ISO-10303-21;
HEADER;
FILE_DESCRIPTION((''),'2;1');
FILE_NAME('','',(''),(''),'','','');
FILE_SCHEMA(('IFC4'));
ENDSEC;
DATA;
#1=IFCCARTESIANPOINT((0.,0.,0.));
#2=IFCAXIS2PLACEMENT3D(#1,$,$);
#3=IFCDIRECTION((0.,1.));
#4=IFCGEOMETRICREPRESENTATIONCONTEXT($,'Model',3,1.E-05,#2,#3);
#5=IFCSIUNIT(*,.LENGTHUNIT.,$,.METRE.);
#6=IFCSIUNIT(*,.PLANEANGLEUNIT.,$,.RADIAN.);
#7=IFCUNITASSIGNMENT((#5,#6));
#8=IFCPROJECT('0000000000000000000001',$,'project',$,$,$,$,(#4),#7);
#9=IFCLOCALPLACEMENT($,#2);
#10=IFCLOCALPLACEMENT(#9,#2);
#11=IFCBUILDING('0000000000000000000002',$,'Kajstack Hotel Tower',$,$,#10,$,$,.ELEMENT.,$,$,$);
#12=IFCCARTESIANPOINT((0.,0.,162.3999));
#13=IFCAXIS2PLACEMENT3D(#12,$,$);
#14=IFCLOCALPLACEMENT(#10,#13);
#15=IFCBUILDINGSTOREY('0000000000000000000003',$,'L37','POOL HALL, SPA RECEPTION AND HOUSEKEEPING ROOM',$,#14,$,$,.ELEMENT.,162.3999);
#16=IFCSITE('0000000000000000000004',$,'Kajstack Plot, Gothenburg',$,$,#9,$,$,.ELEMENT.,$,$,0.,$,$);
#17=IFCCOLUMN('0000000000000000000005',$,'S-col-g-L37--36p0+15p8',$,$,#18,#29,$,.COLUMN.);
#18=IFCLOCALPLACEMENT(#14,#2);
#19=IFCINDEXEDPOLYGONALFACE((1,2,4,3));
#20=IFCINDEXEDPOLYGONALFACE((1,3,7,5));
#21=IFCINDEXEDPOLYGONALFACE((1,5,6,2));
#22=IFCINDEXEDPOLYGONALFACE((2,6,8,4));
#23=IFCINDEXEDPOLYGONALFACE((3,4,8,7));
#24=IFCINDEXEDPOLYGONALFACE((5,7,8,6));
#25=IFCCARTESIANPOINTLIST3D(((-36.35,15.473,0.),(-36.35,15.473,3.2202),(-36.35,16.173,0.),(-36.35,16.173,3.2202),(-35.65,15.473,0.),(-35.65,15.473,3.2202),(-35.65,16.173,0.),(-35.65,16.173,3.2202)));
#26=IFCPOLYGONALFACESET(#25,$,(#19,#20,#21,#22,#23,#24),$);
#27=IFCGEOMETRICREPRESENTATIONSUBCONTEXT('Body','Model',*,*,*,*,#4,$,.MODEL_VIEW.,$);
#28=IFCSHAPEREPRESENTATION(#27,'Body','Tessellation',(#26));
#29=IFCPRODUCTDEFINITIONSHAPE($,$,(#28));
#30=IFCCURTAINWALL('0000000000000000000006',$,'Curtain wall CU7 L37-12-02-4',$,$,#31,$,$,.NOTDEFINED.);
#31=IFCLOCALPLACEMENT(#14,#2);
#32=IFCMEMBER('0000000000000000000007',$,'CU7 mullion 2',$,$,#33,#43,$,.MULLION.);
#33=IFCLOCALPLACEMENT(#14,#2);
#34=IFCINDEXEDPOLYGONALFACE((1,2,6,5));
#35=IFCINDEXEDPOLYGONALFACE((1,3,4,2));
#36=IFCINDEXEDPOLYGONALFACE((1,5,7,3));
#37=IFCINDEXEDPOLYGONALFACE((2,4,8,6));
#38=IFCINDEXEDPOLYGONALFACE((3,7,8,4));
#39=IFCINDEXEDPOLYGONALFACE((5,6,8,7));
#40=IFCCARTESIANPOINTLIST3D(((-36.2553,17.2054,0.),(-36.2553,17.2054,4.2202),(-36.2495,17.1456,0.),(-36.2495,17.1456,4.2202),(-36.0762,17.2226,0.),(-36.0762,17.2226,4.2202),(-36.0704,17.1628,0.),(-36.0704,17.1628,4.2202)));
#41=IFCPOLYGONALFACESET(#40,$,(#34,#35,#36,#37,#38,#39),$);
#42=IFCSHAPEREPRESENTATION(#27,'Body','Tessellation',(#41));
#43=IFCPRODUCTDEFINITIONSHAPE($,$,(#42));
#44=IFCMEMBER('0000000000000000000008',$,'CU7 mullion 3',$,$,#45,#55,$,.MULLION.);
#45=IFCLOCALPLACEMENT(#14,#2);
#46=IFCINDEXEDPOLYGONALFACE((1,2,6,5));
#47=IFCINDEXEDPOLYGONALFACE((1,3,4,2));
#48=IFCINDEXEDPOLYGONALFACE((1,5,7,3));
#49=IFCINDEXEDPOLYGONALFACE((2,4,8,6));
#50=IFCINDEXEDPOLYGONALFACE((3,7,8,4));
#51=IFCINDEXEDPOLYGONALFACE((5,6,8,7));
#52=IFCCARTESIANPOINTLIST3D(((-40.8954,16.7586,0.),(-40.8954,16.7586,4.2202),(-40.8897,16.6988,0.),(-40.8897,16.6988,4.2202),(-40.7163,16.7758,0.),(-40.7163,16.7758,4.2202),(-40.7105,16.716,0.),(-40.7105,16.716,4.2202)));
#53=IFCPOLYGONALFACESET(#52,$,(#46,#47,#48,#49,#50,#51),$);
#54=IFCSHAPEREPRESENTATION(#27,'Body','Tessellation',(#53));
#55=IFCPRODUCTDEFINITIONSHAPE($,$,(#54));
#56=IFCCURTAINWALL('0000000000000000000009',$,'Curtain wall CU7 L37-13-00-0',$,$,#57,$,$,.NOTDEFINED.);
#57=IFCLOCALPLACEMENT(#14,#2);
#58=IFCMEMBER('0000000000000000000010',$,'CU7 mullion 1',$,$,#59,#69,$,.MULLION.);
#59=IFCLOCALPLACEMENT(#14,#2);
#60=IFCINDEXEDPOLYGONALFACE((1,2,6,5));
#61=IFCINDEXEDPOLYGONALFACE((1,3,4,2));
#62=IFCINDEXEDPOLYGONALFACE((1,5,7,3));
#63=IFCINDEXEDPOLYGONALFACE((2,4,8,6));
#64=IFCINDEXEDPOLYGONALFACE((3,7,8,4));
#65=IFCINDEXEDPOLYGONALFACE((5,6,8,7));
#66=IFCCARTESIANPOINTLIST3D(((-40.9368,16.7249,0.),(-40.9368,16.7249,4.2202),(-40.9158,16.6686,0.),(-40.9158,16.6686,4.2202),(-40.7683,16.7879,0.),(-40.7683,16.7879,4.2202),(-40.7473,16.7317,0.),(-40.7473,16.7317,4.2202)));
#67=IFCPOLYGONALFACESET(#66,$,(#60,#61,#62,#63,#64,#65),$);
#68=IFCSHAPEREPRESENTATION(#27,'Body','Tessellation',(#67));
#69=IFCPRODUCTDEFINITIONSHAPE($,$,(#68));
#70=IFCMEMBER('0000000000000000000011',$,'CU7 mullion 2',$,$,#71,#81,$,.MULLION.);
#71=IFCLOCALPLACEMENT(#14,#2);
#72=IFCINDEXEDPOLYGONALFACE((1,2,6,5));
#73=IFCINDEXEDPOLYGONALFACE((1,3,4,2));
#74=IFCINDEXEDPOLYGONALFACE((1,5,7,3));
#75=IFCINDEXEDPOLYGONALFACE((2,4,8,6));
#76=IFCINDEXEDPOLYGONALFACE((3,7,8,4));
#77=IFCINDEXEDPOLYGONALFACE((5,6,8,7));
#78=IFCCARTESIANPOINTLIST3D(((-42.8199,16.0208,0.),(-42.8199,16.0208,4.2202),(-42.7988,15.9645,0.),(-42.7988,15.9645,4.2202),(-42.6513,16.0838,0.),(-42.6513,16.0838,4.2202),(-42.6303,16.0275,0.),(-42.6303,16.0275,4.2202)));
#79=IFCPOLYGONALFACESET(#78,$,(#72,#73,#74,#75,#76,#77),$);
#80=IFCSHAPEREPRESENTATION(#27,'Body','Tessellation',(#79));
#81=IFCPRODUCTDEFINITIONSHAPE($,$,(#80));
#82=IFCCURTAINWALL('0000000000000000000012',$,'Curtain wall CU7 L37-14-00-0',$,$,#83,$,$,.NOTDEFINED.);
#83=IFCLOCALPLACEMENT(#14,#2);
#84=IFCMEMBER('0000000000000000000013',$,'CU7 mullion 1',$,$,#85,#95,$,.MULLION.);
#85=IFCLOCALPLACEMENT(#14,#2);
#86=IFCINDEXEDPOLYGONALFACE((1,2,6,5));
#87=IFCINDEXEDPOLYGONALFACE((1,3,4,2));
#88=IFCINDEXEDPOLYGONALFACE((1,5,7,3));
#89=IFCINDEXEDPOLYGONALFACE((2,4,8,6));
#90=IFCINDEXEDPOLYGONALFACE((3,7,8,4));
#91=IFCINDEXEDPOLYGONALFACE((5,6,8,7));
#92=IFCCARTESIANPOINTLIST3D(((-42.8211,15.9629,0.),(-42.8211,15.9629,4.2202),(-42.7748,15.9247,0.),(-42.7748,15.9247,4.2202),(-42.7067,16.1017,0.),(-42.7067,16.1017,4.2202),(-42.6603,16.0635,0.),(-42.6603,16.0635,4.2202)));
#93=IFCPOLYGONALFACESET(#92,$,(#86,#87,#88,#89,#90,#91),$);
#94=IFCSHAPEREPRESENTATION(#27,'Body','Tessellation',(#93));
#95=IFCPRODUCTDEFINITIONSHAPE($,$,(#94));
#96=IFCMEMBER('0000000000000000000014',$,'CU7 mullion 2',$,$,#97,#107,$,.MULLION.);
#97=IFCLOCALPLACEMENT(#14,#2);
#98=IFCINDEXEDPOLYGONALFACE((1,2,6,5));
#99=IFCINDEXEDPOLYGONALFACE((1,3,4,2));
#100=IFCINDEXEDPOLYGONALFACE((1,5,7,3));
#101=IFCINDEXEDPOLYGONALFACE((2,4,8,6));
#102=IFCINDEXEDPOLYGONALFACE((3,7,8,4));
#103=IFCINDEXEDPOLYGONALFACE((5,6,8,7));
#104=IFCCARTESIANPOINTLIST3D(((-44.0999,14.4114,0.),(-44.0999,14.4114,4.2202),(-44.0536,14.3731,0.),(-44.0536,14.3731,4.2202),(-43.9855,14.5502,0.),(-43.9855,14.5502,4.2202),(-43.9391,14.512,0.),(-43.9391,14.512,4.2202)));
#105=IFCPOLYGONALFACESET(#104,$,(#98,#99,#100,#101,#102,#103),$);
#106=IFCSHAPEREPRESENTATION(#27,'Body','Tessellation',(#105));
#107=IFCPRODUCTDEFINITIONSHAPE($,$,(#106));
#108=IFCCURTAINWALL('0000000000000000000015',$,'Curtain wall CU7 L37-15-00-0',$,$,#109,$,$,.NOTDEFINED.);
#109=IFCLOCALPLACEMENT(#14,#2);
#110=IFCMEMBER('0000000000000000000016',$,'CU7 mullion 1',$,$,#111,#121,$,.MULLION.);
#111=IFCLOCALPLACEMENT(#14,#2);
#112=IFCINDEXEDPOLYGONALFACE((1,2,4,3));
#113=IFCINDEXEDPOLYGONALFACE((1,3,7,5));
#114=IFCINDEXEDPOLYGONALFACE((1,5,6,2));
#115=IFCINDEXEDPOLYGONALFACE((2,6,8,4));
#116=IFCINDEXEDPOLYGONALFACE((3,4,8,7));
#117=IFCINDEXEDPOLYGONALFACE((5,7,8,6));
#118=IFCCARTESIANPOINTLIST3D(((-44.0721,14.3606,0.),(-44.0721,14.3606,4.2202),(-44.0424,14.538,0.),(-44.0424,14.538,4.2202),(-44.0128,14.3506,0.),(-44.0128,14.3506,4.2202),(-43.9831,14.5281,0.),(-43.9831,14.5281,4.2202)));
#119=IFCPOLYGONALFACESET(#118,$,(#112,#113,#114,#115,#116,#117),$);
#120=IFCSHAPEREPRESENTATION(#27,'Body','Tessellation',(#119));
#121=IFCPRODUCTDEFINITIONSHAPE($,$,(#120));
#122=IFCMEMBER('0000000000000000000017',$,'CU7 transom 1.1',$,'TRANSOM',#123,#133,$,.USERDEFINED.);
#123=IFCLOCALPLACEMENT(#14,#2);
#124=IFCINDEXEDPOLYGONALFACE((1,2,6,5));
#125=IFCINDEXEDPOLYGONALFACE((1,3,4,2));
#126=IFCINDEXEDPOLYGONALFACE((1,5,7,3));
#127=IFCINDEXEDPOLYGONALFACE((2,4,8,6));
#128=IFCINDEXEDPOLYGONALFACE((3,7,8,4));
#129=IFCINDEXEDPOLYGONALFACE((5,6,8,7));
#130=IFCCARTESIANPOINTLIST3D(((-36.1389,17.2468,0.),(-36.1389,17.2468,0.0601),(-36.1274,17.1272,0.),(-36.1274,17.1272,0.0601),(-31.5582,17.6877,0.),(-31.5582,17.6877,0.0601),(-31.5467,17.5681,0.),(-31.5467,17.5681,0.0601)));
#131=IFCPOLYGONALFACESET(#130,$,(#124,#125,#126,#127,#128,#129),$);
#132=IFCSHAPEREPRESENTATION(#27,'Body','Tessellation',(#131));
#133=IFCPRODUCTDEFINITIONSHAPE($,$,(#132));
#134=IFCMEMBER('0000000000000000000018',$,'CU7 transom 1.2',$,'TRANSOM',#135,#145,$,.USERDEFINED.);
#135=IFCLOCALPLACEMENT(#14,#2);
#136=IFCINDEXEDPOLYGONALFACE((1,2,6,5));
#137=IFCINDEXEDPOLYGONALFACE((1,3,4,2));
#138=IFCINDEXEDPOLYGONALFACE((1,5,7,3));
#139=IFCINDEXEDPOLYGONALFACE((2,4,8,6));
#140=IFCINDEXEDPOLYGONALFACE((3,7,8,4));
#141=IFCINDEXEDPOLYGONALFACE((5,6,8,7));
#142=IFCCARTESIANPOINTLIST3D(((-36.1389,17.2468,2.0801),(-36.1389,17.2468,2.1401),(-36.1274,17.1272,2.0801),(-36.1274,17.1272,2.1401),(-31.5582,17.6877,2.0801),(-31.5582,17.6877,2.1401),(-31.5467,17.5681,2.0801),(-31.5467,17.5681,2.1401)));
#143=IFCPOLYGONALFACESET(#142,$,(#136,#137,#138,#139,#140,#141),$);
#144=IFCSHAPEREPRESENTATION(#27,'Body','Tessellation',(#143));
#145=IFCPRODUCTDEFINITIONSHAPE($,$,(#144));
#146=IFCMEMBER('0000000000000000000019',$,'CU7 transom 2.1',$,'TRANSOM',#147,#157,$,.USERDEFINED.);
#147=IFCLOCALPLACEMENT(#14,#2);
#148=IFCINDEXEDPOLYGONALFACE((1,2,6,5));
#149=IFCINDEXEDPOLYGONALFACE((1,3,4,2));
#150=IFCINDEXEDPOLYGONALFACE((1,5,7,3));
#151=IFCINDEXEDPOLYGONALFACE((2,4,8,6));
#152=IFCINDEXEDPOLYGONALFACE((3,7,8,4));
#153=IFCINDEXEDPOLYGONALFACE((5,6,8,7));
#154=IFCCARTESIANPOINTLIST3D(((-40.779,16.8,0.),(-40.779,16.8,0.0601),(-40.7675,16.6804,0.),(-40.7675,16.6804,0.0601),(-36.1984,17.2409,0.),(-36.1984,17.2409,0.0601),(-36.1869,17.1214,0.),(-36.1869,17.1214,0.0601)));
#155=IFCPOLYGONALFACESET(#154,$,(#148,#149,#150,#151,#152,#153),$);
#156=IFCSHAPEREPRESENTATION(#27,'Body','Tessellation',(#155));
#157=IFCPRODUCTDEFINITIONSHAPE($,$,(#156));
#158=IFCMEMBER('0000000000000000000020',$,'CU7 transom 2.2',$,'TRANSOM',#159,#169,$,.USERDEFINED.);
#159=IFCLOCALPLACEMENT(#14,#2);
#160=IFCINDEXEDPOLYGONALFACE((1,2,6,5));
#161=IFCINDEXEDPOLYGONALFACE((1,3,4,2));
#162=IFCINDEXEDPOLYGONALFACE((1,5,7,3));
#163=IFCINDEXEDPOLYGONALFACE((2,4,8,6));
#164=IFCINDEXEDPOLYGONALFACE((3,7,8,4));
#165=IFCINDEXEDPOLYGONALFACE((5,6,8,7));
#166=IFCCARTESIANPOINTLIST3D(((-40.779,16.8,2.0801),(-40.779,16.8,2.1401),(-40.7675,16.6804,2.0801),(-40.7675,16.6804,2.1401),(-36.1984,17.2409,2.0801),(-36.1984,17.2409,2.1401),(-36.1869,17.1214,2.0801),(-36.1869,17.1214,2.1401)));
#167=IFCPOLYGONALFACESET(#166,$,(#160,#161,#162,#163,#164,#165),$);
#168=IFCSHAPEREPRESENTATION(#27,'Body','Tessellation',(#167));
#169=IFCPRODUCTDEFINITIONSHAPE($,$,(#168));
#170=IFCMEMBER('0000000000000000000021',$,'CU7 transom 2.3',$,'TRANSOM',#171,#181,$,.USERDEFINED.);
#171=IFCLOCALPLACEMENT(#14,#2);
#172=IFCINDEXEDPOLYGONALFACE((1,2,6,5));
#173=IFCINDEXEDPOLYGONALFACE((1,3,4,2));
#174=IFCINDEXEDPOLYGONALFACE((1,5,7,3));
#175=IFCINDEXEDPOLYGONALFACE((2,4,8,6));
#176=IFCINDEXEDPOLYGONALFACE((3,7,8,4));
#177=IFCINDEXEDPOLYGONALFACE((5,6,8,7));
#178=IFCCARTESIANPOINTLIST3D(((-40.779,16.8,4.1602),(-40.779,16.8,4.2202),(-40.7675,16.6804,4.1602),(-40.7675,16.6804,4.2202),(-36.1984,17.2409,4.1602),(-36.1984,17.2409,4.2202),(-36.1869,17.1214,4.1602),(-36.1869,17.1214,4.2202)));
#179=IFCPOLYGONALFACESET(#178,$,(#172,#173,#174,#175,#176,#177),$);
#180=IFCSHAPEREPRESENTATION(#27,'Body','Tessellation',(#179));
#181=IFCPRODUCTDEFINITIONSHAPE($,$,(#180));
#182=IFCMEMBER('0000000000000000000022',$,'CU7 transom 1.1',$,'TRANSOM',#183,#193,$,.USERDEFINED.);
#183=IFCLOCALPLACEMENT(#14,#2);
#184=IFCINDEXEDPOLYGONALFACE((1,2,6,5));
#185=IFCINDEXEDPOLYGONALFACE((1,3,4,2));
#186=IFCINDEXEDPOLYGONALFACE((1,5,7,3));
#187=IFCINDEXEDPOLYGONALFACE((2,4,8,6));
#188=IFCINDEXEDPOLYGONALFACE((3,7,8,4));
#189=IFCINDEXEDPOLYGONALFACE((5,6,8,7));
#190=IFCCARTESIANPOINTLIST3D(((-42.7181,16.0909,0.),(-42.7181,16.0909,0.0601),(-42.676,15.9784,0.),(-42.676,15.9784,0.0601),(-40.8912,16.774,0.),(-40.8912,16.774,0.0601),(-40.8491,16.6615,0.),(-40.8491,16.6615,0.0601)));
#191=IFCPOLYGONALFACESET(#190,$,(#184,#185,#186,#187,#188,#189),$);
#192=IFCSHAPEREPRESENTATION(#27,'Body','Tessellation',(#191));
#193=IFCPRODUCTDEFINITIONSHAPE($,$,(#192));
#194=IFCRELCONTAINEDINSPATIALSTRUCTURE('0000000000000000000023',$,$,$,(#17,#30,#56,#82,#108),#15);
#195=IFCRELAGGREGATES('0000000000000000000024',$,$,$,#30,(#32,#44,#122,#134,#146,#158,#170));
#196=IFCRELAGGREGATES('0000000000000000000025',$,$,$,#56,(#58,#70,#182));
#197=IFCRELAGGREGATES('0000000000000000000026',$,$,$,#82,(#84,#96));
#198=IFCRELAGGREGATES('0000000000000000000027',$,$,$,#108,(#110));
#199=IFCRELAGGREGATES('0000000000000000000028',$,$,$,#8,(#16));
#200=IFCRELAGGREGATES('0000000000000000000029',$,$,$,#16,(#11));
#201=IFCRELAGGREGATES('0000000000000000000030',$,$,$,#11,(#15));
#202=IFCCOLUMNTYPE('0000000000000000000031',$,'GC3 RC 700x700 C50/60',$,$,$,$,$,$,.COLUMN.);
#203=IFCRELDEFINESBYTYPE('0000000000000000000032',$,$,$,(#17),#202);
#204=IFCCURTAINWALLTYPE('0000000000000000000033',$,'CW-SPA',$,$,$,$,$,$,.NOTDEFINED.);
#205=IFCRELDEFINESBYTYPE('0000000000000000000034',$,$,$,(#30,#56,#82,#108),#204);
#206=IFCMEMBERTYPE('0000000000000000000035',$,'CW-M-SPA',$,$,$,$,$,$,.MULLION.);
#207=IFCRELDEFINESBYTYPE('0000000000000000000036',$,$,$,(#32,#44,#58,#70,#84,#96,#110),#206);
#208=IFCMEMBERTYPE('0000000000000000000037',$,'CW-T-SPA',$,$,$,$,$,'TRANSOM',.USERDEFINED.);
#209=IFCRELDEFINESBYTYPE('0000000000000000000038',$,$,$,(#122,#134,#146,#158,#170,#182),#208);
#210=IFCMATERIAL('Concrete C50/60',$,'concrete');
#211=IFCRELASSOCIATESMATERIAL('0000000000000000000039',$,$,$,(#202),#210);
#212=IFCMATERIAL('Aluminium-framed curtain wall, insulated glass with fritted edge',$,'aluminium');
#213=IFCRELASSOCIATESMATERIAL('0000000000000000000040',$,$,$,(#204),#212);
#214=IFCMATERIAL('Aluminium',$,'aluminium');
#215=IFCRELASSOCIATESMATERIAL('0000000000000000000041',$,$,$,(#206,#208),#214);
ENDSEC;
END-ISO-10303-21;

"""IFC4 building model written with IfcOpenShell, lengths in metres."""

from ifc_helpers import new_model, si_unit, direction, frame, origin, origin_2d, place, context, subcontext, project, spatial, rectangle, extrude, material, material_profile, profile_set, type_object, element, aggregate, save


model = new_model("IFC4")

# Units and contexts
model_context = context("Model", 3, precision=1e-05, world=origin(), true_north=direction((0.0, 1.0)))
body_context = subcontext(model_context, "Body", "Model", "MODEL_VIEW")
ifc_project = project(units=[si_unit("LENGTHUNIT", "METRE"), si_unit("PLANEANGLEUNIT", "RADIAN")], contexts=[model_context])

# Site, building, storey
site_placement = place(None, origin())
site = spatial("IfcSite", under=ifc_project, at=site_placement, Name="Kajstack Plot, Gothenburg", CompositionType="ELEMENT", RefElevation=0.0)
building_placement = place(site_placement, origin())
building = spatial("IfcBuilding", under=site, at=building_placement, Name="Kajstack Hotel Tower", CompositionType="ELEMENT")
storey_placement = place(building_placement, frame((0.0, 0.0, 162.3999)))
storey = spatial("IfcBuildingStorey", under=building, at=storey_placement, Name="L37", Description="POOL HALL, SPA RECEPTION AND HOUSEKEEPING ROOM", CompositionType="ELEMENT", Elevation=162.3999)

# Column
ifc_material_1 = material(Name="Concrete C50/60", Category="concrete")
ifc_material_profile_1 = material_profile(ifc_material_1, rectangle(XDim=0.7, YDim=0.7, at=origin_2d()), Name="RC 700x700")
ifc_profile_set_1 = profile_set([ifc_material_profile_1], Name="Concrete C50/60")
column_type = type_object("IfcColumnType", Name="GC3 RC 700x700 C50/60", PredefinedType="COLUMN", material=ifc_profile_set_1)
column_placement = place(storey_placement, frame((-36.0, 15.823, 0.0), z_axis=(0.0, 0.0, 1.0), x_axis=(1.0, 0.0, 0.0)))
element("IfcColumn", 1, at=column_placement, inside=storey, type_object=column_type, Name="S-col-g-L37--36p0+15p8", PredefinedType="COLUMN", context=body_context, shape_type="SweptSolid", body=[
    extrude(rectangle(XDim=0.7, YDim=0.7, at=origin_2d()), origin(), (0.0, 0.0, 1.0), 3.2202),
])

# Curtain walls, members
ifc_material_2 = material(Name="Aluminium-framed curtain wall, insulated glass with fritted edge", Category="aluminium")
curtain_wall_type = type_object("IfcCurtainWallType", Name="CW-SPA", PredefinedType="NOTDEFINED", material=ifc_material_2)
curtain_wall_1_placement = place(storey_placement, origin())
curtain_wall_1 = element("IfcCurtainWall", 2, at=curtain_wall_1_placement, inside=storey, type_object=curtain_wall_type, Name="Curtain wall CU7 L37-12-02-4", PredefinedType="NOTDEFINED")
ifc_material_3 = material(Name="Aluminium", Category="aluminium")
ifc_material_profile_2 = material_profile(ifc_material_3, rectangle(XDim=0.0601, YDim=0.1799, at=origin_2d()), Name="Aluminium mullion 60 x 180")
ifc_profile_set_2 = profile_set([ifc_material_profile_2], Name="Aluminium")
member_type_1 = type_object("IfcMemberType", Name="CW-M-SPA", PredefinedType="MULLION", material=ifc_profile_set_2)
member_1_placement = place(storey_placement, frame((-36.1628, 17.1841, 0.0), z_axis=(0.0, 0.0, 1.0), x_axis=(0.095845, -0.995396, 0.0)))
member_1 = element("IfcMember", 3, at=member_1_placement, type_object=member_type_1, Name="CU7 mullion 2", PredefinedType="MULLION", context=body_context, shape_type="SweptSolid", body=[
    extrude(rectangle(XDim=0.0601, YDim=0.1799, at=origin_2d()), origin(), (0.0, 0.0, 1.0), 4.2202),
])
member_2_placement = place(storey_placement, frame((-40.803, 16.7373, 0.0), z_axis=(0.0, 0.0, 1.0), x_axis=(0.095845, -0.995396, 0.0)))
member_2 = element("IfcMember", 4, at=member_2_placement, type_object=member_type_1, Name="CU7 mullion 3", PredefinedType="MULLION", context=body_context, shape_type="SweptSolid", body=[
    extrude(rectangle(XDim=0.0601, YDim=0.1799, at=origin_2d()), origin(), (0.0, 0.0, 1.0), 4.2202),
])
curtain_wall_2_placement = place(storey_placement, origin())
curtain_wall_2 = element("IfcCurtainWall", 5, at=curtain_wall_2_placement, inside=storey, type_object=curtain_wall_type, Name="Curtain wall CU7 L37-13-00-0", PredefinedType="NOTDEFINED")
member_3_placement = place(storey_placement, frame((-40.842, 16.7283, 0.0), z_axis=(0.0, 0.0, 1.0), x_axis=(0.350202, -0.936674, 0.0)))
member_3 = element("IfcMember", 6, at=member_3_placement, type_object=member_type_1, Name="CU7 mullion 1", PredefinedType="MULLION", context=body_context, shape_type="SweptSolid", body=[
    extrude(rectangle(XDim=0.0601, YDim=0.1799, at=origin_2d()), origin(), (0.0, 0.0, 1.0), 4.2202),
])
member_4_placement = place(storey_placement, frame((-42.7251, 16.0242, 0.0), z_axis=(0.0, 0.0, 1.0), x_axis=(0.350202, -0.936674, 0.0)))
member_4 = element("IfcMember", 7, at=member_4_placement, type_object=member_type_1, Name="CU7 mullion 2", PredefinedType="MULLION", context=body_context, shape_type="SweptSolid", body=[
    extrude(rectangle(XDim=0.0601, YDim=0.1799, at=origin_2d()), origin(), (0.0, 0.0, 1.0), 4.2202),
])
curtain_wall_3_placement = place(storey_placement, origin())
curtain_wall_3 = element("IfcCurtainWall", 8, at=curtain_wall_3_placement, inside=storey, type_object=curtain_wall_type, Name="Curtain wall CU7 L37-14-00-0", PredefinedType="NOTDEFINED")
member_5_placement = place(storey_placement, frame((-42.7407, 16.0132, 0.0), z_axis=(0.0, 0.0, 1.0), x_axis=(0.771611, -0.636095, 0.0)))
member_5 = element("IfcMember", 9, at=member_5_placement, type_object=member_type_1, Name="CU7 mullion 1", PredefinedType="MULLION", context=body_context, shape_type="SweptSolid", body=[
    extrude(rectangle(XDim=0.0601, YDim=0.1799, at=origin_2d()), origin(), (0.0, 0.0, 1.0), 4.2202),
])
member_6_placement = place(storey_placement, frame((-44.0195, 14.4617, 0.0), z_axis=(0.0, 0.0, 1.0), x_axis=(0.771611, -0.636095, 0.0)))
member_6 = element("IfcMember", 10, at=member_6_placement, type_object=member_type_1, Name="CU7 mullion 2", PredefinedType="MULLION", context=body_context, shape_type="SweptSolid", body=[
    extrude(rectangle(XDim=0.0601, YDim=0.1799, at=origin_2d()), origin(), (0.0, 0.0, 1.0), 4.2202),
])

# Curtain wall, member
curtain_wall_4_placement = place(storey_placement, origin())
curtain_wall_4 = element("IfcCurtainWall", 11, at=curtain_wall_4_placement, inside=storey, type_object=curtain_wall_type, Name="Curtain wall CU7 L37-15-00-0", PredefinedType="NOTDEFINED")
member_7_placement = place(storey_placement, frame((-44.0276, 14.4443, 0.0), z_axis=(0.0, 0.0, 1.0), x_axis=(0.986289, -0.165025, 0.0)))
member_7 = element("IfcMember", 12, at=member_7_placement, type_object=member_type_1, Name="CU7 mullion 1", PredefinedType="MULLION", context=body_context, shape_type="SweptSolid", body=[
    extrude(rectangle(XDim=0.0601, YDim=0.1799, at=origin_2d()), origin(), (0.0, 0.0, 1.0), 4.2202),
])

# Members
ifc_material_profile_3 = material_profile(ifc_material_3, rectangle(XDim=0.1201, YDim=0.0601, at=origin_2d()), Name="Aluminium transom 120 x 60")
ifc_profile_set_3 = profile_set([ifc_material_profile_3], Name="Aluminium")
member_type_2 = type_object("IfcMemberType", Name="CW-T-SPA", ElementType="TRANSOM", PredefinedType="USERDEFINED", material=ifc_profile_set_3)
member_8_placement = place(storey_placement, frame((-31.5525, 17.6279, 0.03), z_axis=(-0.995399, -0.095816, 0.0), x_axis=(0.095816, -0.995399, 0.0)))
member_8 = element("IfcMember", 13, at=member_8_placement, type_object=member_type_2, Name="CU7 transom 1.1", ObjectType="TRANSOM", PredefinedType="USERDEFINED", context=body_context, shape_type="SweptSolid", body=[
    extrude(rectangle(XDim=0.1201, YDim=0.0601, at=origin_2d()), origin(), (0.0, 0.0, 1.0), 4.6018),
])
member_9_placement = place(storey_placement, frame((-31.5525, 17.6279, 2.1101), z_axis=(-0.995399, -0.095816, 0.0), x_axis=(0.095816, -0.995399, 0.0)))
member_9 = element("IfcMember", 14, at=member_9_placement, type_object=member_type_2, Name="CU7 transom 1.2", ObjectType="TRANSOM", PredefinedType="USERDEFINED", context=body_context, shape_type="SweptSolid", body=[
    extrude(rectangle(XDim=0.1201, YDim=0.0601, at=origin_2d()), origin(), (0.0, 0.0, 1.0), 4.6018),
])
member_10_placement = place(storey_placement, frame((-36.1926, 17.1812, 0.03), z_axis=(-0.995399, -0.095816, 0.0), x_axis=(0.095816, -0.995399, 0.0)))
member_10 = element("IfcMember", 15, at=member_10_placement, type_object=member_type_2, Name="CU7 transom 2.1", ObjectType="TRANSOM", PredefinedType="USERDEFINED", context=body_context, shape_type="SweptSolid", body=[
    extrude(rectangle(XDim=0.1201, YDim=0.0601, at=origin_2d()), origin(), (0.0, 0.0, 1.0), 4.6018),
])
member_11_placement = place(storey_placement, frame((-36.1926, 17.1812, 2.1101), z_axis=(-0.995399, -0.095816, 0.0), x_axis=(0.095816, -0.995399, 0.0)))
member_11 = element("IfcMember", 16, at=member_11_placement, type_object=member_type_2, Name="CU7 transom 2.2", ObjectType="TRANSOM", PredefinedType="USERDEFINED", context=body_context, shape_type="SweptSolid", body=[
    extrude(rectangle(XDim=0.1201, YDim=0.0601, at=origin_2d()), origin(), (0.0, 0.0, 1.0), 4.6018),
])
member_12_placement = place(storey_placement, frame((-36.1926, 17.1812, 4.1902), z_axis=(-0.995399, -0.095816, 0.0), x_axis=(0.095816, -0.995399, 0.0)))
member_12 = element("IfcMember", 17, at=member_12_placement, type_object=member_type_2, Name="CU7 transom 2.3", ObjectType="TRANSOM", PredefinedType="USERDEFINED", context=body_context, shape_type="SweptSolid", body=[
    extrude(rectangle(XDim=0.1201, YDim=0.0601, at=origin_2d()), origin(), (0.0, 0.0, 1.0), 4.6018),
])
member_13_placement = place(storey_placement, frame((-40.8701, 16.7178, 0.03), z_axis=(-0.936663, -0.350232, 0.0), x_axis=(0.350232, -0.936663, 0.0)))
member_13 = element("IfcMember", 18, at=member_13_placement, type_object=member_type_2, Name="CU7 transom 1.1", ObjectType="TRANSOM", PredefinedType="USERDEFINED", context=body_context, shape_type="SweptSolid", body=[
    extrude(rectangle(XDim=0.1201, YDim=0.0601, at=origin_2d()), origin(), (0.0, 0.0, 1.0), 1.9504),
])

aggregate(curtain_wall_1, [member_1, member_2, member_8, member_9, member_10, member_11, member_12])
aggregate(curtain_wall_2, [member_3, member_4, member_13])
aggregate(curtain_wall_3, [member_5, member_6])
aggregate(curtain_wall_4, [member_7])

save(model, "model.ifc")
